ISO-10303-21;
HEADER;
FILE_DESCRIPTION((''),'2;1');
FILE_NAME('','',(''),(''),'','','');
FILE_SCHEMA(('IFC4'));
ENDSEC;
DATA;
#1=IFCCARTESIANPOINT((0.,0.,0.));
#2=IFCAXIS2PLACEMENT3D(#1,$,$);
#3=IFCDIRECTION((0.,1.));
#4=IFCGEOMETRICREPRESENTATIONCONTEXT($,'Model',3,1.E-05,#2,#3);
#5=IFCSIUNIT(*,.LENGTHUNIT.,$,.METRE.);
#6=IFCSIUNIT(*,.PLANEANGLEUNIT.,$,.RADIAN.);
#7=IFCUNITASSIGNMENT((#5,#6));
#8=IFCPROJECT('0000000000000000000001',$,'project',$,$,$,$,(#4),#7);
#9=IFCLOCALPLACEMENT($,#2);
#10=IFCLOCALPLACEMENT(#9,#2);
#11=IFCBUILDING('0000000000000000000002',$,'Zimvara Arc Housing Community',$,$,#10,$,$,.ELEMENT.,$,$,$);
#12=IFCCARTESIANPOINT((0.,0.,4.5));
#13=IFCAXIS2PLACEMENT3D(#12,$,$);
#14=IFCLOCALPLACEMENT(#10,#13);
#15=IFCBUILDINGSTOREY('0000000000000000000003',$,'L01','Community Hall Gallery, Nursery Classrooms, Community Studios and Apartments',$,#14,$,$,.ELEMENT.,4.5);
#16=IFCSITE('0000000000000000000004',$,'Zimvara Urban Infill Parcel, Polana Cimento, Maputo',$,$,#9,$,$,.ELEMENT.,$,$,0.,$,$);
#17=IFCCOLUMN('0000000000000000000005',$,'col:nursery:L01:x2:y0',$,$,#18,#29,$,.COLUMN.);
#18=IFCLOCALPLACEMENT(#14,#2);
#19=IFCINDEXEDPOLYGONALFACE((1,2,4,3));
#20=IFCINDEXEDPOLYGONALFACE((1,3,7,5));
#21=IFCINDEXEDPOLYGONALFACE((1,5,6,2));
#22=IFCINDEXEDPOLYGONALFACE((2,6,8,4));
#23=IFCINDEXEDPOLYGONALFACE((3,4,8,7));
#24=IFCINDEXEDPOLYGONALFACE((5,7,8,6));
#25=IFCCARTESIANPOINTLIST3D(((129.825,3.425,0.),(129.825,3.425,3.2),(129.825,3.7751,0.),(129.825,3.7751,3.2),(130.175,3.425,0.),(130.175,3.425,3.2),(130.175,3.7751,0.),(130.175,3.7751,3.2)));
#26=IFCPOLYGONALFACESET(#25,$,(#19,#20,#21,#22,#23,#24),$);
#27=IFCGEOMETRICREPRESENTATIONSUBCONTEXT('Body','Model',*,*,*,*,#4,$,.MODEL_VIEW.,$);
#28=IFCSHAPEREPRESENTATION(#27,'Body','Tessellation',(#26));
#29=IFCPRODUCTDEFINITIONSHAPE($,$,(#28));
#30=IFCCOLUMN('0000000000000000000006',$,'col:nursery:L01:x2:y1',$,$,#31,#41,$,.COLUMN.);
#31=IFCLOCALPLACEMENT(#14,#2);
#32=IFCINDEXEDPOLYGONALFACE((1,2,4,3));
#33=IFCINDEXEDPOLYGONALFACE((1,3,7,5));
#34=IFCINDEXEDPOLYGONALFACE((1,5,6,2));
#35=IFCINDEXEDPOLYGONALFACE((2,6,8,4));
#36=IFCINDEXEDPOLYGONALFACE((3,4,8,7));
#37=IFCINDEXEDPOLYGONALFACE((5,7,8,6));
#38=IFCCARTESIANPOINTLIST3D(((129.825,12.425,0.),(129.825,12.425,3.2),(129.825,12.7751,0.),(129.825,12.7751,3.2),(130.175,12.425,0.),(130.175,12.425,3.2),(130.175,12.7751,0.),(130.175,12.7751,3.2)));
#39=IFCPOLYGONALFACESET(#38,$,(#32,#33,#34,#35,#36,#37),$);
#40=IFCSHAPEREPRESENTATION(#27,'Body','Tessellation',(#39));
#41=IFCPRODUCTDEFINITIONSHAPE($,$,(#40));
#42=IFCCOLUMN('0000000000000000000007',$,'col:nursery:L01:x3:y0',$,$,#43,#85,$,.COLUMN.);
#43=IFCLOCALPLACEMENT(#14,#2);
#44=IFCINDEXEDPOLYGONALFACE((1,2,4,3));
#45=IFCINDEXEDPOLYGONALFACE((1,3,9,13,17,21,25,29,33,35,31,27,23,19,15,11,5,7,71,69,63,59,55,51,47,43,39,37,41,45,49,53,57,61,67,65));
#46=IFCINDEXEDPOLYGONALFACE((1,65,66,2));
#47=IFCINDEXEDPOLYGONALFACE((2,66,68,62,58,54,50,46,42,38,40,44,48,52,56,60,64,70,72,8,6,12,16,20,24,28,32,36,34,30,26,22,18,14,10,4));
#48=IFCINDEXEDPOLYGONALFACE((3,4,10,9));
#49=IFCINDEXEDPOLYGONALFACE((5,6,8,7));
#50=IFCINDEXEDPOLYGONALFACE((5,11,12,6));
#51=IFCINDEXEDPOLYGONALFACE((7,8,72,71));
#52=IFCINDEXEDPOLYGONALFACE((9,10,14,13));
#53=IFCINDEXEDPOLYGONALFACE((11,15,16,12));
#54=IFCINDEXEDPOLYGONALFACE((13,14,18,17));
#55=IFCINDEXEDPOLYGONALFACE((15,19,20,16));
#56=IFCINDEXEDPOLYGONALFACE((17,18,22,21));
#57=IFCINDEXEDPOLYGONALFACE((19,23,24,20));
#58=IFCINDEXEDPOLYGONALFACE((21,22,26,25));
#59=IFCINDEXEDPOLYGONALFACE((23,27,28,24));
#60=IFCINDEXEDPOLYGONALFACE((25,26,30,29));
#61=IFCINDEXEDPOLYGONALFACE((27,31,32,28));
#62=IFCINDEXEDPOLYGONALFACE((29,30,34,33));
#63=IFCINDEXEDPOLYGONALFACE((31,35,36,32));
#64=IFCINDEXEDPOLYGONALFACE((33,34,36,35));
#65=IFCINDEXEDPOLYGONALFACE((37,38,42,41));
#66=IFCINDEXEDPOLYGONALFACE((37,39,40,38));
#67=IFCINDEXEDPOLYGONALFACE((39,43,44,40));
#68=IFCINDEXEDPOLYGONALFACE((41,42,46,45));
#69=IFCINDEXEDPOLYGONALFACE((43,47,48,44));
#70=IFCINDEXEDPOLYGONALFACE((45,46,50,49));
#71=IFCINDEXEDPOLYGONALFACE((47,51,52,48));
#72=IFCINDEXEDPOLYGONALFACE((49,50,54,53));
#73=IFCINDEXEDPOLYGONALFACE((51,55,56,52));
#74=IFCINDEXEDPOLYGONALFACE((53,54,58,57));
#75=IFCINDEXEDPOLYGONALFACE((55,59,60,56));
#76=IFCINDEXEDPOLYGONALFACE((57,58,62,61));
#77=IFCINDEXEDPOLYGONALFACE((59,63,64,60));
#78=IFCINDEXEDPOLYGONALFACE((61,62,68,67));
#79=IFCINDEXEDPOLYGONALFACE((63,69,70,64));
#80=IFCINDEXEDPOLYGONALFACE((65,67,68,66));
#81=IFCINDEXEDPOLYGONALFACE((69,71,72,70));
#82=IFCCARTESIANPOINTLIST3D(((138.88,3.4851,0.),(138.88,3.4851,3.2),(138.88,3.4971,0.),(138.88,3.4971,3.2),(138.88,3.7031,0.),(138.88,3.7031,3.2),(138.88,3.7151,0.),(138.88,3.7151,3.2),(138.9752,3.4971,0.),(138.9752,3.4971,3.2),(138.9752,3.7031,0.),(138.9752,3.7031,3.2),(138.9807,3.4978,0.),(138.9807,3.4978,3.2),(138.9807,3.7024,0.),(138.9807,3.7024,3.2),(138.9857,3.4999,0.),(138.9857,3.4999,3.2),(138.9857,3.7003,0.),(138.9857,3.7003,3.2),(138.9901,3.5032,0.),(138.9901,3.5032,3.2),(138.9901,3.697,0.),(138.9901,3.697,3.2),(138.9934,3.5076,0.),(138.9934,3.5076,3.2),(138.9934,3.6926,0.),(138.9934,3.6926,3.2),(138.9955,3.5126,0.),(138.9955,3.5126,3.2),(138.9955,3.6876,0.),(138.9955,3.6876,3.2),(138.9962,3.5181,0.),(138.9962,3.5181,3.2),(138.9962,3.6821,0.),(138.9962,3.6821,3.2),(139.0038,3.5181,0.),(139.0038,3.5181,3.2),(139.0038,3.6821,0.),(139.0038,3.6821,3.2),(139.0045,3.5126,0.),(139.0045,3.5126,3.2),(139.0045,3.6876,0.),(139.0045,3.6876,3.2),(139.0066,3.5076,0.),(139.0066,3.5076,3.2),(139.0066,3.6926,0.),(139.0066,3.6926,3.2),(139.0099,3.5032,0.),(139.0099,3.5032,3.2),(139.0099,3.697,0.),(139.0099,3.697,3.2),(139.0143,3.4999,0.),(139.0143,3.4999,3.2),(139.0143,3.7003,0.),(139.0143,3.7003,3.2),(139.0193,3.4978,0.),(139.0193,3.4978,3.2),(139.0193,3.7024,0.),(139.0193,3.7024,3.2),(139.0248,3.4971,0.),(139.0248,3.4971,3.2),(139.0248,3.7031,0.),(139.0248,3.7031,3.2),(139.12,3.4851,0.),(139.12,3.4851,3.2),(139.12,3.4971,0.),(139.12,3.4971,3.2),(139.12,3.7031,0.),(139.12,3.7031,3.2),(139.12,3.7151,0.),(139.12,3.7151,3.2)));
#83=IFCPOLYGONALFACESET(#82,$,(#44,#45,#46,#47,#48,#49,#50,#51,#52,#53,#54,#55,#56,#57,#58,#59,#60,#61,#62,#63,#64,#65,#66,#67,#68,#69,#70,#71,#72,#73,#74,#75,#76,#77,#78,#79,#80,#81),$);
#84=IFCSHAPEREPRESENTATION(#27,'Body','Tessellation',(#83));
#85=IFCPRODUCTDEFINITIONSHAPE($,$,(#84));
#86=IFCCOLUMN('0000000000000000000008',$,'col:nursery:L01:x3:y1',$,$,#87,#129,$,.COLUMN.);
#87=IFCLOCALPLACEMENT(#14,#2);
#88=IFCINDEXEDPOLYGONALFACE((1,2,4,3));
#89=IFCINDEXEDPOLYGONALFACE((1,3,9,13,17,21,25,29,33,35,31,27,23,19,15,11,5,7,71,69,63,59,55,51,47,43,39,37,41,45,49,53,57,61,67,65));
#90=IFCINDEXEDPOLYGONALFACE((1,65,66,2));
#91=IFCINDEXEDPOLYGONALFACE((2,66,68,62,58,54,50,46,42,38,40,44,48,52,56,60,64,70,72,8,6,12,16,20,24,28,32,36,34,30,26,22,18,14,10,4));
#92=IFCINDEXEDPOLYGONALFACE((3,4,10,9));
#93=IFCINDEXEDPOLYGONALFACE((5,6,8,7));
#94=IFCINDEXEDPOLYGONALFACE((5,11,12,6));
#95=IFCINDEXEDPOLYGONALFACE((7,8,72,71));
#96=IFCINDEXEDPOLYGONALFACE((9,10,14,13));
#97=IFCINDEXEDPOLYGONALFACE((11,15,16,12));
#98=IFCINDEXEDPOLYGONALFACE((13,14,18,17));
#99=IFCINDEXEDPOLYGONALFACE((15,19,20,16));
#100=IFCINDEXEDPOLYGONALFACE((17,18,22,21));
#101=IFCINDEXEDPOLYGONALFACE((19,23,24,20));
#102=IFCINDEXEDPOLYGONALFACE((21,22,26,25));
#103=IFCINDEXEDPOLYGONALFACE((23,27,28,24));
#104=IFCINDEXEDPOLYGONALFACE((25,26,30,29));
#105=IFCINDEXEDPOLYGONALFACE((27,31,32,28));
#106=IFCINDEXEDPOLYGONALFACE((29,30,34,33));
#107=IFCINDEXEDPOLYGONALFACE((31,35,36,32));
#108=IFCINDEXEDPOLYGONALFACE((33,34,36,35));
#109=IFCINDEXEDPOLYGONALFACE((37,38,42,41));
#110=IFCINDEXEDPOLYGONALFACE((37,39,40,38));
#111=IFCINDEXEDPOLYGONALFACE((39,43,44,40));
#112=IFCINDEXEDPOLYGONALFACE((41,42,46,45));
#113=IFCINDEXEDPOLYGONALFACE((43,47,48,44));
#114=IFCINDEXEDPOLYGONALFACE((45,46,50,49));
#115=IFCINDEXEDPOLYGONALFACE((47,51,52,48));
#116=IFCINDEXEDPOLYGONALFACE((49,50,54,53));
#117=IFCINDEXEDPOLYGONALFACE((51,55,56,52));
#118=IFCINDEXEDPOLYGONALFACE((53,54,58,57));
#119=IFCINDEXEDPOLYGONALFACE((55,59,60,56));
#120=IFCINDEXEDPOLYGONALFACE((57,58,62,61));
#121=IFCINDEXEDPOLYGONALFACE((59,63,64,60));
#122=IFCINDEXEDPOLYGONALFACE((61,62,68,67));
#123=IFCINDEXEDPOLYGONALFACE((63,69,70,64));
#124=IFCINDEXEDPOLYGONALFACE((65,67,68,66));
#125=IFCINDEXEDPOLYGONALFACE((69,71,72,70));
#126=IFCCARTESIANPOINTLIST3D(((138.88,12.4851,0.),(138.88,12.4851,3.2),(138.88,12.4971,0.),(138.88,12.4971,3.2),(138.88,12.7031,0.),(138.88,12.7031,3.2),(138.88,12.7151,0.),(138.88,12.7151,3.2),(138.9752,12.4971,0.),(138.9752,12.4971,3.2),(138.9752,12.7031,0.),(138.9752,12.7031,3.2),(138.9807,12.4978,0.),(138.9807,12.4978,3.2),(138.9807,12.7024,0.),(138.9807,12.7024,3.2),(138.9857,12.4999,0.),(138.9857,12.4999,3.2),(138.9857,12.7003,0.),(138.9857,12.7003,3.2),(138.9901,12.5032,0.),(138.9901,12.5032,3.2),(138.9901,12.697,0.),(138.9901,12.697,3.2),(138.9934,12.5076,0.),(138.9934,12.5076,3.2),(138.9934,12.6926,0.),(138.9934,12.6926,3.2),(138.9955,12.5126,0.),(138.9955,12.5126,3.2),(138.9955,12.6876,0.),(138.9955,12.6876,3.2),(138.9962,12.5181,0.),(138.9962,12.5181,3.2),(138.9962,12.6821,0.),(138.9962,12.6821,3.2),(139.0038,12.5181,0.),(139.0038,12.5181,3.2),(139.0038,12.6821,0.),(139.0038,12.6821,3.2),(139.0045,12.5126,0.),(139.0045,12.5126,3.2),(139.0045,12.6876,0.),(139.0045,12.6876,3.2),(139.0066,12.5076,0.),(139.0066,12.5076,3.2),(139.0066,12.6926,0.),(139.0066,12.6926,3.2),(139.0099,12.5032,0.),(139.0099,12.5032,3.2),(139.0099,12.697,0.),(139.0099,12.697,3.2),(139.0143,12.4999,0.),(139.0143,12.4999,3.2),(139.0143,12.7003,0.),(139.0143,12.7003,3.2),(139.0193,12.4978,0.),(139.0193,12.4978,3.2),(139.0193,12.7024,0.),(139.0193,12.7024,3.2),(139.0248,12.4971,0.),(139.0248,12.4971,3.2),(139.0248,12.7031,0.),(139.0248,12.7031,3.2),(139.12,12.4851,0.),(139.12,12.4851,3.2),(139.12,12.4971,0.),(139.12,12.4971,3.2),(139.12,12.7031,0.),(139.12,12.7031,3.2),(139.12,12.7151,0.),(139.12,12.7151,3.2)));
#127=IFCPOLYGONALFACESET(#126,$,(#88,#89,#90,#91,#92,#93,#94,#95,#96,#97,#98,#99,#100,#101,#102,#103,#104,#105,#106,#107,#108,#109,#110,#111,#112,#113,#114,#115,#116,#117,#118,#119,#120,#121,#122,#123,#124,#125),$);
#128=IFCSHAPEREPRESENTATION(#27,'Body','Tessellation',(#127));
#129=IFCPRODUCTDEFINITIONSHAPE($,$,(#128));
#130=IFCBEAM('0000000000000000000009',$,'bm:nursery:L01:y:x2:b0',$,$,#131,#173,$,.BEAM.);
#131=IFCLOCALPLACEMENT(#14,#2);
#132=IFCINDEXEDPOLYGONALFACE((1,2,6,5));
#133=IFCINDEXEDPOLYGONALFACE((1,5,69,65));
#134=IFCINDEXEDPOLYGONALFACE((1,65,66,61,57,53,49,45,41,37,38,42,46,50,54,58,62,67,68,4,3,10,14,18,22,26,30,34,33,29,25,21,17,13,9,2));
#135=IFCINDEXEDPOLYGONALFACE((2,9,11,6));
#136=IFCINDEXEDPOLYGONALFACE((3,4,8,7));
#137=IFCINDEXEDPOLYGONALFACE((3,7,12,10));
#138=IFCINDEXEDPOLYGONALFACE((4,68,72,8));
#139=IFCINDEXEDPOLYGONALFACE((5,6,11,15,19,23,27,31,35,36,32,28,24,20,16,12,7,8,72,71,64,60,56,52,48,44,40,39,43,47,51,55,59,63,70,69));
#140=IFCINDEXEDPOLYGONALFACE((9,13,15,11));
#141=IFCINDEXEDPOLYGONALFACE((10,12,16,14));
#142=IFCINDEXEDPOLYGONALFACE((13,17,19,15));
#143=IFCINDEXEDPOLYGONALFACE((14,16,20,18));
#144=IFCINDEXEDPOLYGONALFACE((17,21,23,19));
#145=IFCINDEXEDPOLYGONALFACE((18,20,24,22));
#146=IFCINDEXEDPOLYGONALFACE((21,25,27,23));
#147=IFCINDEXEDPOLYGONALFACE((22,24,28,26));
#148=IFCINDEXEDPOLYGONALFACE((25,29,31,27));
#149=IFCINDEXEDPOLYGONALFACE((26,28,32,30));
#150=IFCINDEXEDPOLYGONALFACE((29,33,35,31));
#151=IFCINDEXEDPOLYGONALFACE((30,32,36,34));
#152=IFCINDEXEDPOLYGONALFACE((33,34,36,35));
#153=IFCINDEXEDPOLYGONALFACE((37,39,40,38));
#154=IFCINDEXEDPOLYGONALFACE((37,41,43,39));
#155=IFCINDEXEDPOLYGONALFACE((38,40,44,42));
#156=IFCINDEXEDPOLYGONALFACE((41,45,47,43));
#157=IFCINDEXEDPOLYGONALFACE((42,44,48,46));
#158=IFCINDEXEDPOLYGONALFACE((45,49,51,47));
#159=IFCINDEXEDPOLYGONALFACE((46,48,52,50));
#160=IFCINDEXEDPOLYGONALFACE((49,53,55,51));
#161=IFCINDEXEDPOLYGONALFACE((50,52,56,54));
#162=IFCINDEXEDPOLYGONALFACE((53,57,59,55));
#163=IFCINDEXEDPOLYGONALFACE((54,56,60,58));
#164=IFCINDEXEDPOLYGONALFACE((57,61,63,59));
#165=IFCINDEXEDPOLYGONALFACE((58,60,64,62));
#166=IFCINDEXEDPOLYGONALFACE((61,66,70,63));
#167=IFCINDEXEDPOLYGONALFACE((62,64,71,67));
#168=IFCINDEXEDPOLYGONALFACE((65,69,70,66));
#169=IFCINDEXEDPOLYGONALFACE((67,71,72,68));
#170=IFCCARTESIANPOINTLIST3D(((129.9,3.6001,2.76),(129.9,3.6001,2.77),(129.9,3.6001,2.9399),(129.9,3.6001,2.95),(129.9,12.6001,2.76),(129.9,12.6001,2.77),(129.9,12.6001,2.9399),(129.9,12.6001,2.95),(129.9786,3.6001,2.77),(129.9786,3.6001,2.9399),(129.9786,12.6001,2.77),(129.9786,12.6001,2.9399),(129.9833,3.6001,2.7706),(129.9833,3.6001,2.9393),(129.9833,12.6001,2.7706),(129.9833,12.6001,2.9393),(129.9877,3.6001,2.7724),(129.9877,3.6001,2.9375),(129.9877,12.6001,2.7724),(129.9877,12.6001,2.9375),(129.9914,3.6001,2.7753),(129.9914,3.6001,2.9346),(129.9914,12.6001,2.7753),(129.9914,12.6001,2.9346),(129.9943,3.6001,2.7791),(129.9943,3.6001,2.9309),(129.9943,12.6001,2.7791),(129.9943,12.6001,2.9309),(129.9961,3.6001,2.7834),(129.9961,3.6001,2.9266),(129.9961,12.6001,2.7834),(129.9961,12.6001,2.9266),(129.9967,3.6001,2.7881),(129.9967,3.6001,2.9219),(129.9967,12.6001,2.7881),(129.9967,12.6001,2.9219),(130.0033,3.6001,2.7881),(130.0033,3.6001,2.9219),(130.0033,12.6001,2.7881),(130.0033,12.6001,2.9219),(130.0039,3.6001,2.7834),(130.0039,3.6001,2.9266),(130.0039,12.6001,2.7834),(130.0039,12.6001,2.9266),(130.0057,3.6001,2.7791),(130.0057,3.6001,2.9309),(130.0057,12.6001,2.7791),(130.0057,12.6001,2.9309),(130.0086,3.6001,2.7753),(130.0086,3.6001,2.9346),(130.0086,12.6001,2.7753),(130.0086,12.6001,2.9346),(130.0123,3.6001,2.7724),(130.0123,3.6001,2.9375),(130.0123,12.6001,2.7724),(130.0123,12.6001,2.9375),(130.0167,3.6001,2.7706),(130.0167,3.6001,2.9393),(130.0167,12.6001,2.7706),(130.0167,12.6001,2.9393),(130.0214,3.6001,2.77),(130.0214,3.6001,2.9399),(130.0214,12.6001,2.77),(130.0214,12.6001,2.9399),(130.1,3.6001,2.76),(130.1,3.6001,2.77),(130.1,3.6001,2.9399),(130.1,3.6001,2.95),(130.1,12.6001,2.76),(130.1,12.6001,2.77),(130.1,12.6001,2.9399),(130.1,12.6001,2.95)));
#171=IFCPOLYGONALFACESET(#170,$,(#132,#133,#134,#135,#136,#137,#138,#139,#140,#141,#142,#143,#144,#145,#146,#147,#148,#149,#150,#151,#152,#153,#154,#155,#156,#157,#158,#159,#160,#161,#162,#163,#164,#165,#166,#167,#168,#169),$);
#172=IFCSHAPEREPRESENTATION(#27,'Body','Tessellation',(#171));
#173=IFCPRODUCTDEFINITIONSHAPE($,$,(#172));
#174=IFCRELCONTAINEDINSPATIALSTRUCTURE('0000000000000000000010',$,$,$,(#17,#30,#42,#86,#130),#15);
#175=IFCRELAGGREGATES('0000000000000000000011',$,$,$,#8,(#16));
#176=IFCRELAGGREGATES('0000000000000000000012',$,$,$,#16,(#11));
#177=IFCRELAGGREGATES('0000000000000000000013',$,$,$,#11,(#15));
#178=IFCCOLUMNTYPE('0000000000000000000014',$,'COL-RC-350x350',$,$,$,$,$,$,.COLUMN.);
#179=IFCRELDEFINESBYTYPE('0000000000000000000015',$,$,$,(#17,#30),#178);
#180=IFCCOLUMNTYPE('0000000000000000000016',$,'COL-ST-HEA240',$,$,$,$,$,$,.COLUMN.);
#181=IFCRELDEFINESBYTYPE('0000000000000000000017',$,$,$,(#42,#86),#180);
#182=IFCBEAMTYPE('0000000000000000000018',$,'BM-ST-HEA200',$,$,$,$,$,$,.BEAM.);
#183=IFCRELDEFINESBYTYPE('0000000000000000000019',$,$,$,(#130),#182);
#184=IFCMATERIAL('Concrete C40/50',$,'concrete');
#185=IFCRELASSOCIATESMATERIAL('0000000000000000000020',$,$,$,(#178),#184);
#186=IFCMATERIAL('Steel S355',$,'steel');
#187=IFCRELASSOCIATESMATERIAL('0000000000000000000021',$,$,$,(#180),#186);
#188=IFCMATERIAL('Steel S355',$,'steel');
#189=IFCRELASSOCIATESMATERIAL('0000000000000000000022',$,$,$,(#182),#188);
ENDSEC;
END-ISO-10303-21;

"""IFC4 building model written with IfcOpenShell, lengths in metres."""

from ifc_helpers import new_model, si_unit, direction, frame, origin, origin_2d, place, context, subcontext, project, spatial, rectangle, i_section, extrude, material, material_profile, profile_set, type_object, element, save


model = new_model("IFC4")

# Units and contexts
model_context = context("Model", 3, precision=1e-05, world=origin(), true_north=direction((0.0, 1.0)))
body_context = subcontext(model_context, "Body", "Model", "MODEL_VIEW")
ifc_project = project(units=[si_unit("LENGTHUNIT", "METRE"), si_unit("PLANEANGLEUNIT", "RADIAN")], contexts=[model_context])

# Site, building, storey
site_placement = place(None, origin())
site = spatial("IfcSite", under=ifc_project, at=site_placement, Name="Zimvara Urban Infill Parcel, Polana Cimento, Maputo", CompositionType="ELEMENT", RefElevation=0.0)
building_placement = place(site_placement, origin())
building = spatial("IfcBuilding", under=site, at=building_placement, Name="Zimvara Arc Housing Community", CompositionType="ELEMENT")
storey_placement = place(building_placement, frame((0.0, 0.0, 4.5)))
storey = spatial("IfcBuildingStorey", under=building, at=storey_placement, Name="L01", Description="Community Hall Gallery, Nursery Classrooms, Community Studios and Apartments", CompositionType="ELEMENT", Elevation=4.5)

# Columns
ifc_material_1 = material(Name="Concrete C40/50", Category="concrete")
ifc_material_profile_1 = material_profile(ifc_material_1, rectangle(XDim=0.3501, YDim=0.3501, at=origin_2d()), Name="RC 350x350")
ifc_profile_set_1 = profile_set([ifc_material_profile_1], Name="Concrete C40/50")
column_type_1 = type_object("IfcColumnType", Name="COL-RC-350x350", PredefinedType="COLUMN", material=ifc_profile_set_1)
for number, where, z_axis, x_axis, name in (
    (1, (130.0, 3.6001, 0.0), (0.0, 0.0, 1.0), (1.0, 0.0, 0.0), "col:nursery:L01:x2:y0"),
    (2, (130.0, 12.6001, 0.0), (0.0, 0.0, 1.0), (1.0, 0.0, 0.0), "col:nursery:L01:x2:y1"),
):
    element("IfcColumn", number, at=place(storey_placement, frame(where, z_axis=z_axis, x_axis=x_axis)), inside=storey, type_object=column_type_1, Name=name, PredefinedType="COLUMN", context=body_context, shape_type="SweptSolid", body=[
        extrude(rectangle(XDim=0.3501, YDim=0.3501, at=origin_2d()), origin(), (0.0, 0.0, 1.0), 3.2),
    ])
ifc_material_2 = material(Name="Steel S355", Category="steel")
ifc_material_profile_2 = material_profile(ifc_material_2, i_section(OverallWidth=0.24, OverallDepth=0.23, WebThickness=0.0076, FlangeThickness=0.012, FilletRadius=0.021, at=origin_2d()), Name="HEA 240")
ifc_profile_set_2 = profile_set([ifc_material_profile_2], Name="Steel S355")
column_type_2 = type_object("IfcColumnType", Name="COL-ST-HEA240", PredefinedType="COLUMN", material=ifc_profile_set_2)
for number, where, z_axis, x_axis, name in (
    (3, (139.0, 3.6001, 0.0), (0.0, 0.0, 1.0), (1.0, 0.0, 0.0), "col:nursery:L01:x3:y0"),
    (4, (139.0, 12.6001, 0.0), (0.0, 0.0, 1.0), (1.0, 0.0, 0.0), "col:nursery:L01:x3:y1"),
):
    element("IfcColumn", number, at=place(storey_placement, frame(where, z_axis=z_axis, x_axis=x_axis)), inside=storey, type_object=column_type_2, Name=name, PredefinedType="COLUMN", context=body_context, shape_type="SweptSolid", body=[
        extrude(i_section(OverallWidth=0.24, OverallDepth=0.23, WebThickness=0.0076, FlangeThickness=0.012, FilletRadius=0.021, at=origin_2d()), origin(), (0.0, 0.0, 1.0), 3.2),
    ])

# Beam
ifc_material_3 = material(Name="Steel S355", Category="steel")
ifc_material_profile_3 = material_profile(ifc_material_3, i_section(OverallWidth=0.2, OverallDepth=0.1899, WebThickness=0.0066, FlangeThickness=0.01, FilletRadius=0.0181, at=origin_2d()), Name="HEA 200")
ifc_profile_set_3 = profile_set([ifc_material_profile_3], Name="Steel S355")
beam_type_1 = type_object("IfcBeamType", Name="BM-ST-HEA200", PredefinedType="BEAM", material=ifc_profile_set_3)
for number, where, z_axis, x_axis, name in (
    (5, (130.0, 3.6001, 2.855), (0.0, 1.0, 0.0), (-1.0, 0.0, 0.0), "bm:nursery:L01:y:x2:b0"),
):
    element("IfcBeam", number, at=place(storey_placement, frame(where, z_axis=z_axis, x_axis=x_axis)), inside=storey, type_object=beam_type_1, Name=name, PredefinedType="BEAM", context=body_context, shape_type="SweptSolid", body=[
        extrude(i_section(OverallWidth=0.2, OverallDepth=0.1899, WebThickness=0.0066, FlangeThickness=0.01, FilletRadius=0.0181, at=origin_2d()), origin(), (0.0, 0.0, 1.0), 9.0),
    ])

save(model, "model.ifc")
